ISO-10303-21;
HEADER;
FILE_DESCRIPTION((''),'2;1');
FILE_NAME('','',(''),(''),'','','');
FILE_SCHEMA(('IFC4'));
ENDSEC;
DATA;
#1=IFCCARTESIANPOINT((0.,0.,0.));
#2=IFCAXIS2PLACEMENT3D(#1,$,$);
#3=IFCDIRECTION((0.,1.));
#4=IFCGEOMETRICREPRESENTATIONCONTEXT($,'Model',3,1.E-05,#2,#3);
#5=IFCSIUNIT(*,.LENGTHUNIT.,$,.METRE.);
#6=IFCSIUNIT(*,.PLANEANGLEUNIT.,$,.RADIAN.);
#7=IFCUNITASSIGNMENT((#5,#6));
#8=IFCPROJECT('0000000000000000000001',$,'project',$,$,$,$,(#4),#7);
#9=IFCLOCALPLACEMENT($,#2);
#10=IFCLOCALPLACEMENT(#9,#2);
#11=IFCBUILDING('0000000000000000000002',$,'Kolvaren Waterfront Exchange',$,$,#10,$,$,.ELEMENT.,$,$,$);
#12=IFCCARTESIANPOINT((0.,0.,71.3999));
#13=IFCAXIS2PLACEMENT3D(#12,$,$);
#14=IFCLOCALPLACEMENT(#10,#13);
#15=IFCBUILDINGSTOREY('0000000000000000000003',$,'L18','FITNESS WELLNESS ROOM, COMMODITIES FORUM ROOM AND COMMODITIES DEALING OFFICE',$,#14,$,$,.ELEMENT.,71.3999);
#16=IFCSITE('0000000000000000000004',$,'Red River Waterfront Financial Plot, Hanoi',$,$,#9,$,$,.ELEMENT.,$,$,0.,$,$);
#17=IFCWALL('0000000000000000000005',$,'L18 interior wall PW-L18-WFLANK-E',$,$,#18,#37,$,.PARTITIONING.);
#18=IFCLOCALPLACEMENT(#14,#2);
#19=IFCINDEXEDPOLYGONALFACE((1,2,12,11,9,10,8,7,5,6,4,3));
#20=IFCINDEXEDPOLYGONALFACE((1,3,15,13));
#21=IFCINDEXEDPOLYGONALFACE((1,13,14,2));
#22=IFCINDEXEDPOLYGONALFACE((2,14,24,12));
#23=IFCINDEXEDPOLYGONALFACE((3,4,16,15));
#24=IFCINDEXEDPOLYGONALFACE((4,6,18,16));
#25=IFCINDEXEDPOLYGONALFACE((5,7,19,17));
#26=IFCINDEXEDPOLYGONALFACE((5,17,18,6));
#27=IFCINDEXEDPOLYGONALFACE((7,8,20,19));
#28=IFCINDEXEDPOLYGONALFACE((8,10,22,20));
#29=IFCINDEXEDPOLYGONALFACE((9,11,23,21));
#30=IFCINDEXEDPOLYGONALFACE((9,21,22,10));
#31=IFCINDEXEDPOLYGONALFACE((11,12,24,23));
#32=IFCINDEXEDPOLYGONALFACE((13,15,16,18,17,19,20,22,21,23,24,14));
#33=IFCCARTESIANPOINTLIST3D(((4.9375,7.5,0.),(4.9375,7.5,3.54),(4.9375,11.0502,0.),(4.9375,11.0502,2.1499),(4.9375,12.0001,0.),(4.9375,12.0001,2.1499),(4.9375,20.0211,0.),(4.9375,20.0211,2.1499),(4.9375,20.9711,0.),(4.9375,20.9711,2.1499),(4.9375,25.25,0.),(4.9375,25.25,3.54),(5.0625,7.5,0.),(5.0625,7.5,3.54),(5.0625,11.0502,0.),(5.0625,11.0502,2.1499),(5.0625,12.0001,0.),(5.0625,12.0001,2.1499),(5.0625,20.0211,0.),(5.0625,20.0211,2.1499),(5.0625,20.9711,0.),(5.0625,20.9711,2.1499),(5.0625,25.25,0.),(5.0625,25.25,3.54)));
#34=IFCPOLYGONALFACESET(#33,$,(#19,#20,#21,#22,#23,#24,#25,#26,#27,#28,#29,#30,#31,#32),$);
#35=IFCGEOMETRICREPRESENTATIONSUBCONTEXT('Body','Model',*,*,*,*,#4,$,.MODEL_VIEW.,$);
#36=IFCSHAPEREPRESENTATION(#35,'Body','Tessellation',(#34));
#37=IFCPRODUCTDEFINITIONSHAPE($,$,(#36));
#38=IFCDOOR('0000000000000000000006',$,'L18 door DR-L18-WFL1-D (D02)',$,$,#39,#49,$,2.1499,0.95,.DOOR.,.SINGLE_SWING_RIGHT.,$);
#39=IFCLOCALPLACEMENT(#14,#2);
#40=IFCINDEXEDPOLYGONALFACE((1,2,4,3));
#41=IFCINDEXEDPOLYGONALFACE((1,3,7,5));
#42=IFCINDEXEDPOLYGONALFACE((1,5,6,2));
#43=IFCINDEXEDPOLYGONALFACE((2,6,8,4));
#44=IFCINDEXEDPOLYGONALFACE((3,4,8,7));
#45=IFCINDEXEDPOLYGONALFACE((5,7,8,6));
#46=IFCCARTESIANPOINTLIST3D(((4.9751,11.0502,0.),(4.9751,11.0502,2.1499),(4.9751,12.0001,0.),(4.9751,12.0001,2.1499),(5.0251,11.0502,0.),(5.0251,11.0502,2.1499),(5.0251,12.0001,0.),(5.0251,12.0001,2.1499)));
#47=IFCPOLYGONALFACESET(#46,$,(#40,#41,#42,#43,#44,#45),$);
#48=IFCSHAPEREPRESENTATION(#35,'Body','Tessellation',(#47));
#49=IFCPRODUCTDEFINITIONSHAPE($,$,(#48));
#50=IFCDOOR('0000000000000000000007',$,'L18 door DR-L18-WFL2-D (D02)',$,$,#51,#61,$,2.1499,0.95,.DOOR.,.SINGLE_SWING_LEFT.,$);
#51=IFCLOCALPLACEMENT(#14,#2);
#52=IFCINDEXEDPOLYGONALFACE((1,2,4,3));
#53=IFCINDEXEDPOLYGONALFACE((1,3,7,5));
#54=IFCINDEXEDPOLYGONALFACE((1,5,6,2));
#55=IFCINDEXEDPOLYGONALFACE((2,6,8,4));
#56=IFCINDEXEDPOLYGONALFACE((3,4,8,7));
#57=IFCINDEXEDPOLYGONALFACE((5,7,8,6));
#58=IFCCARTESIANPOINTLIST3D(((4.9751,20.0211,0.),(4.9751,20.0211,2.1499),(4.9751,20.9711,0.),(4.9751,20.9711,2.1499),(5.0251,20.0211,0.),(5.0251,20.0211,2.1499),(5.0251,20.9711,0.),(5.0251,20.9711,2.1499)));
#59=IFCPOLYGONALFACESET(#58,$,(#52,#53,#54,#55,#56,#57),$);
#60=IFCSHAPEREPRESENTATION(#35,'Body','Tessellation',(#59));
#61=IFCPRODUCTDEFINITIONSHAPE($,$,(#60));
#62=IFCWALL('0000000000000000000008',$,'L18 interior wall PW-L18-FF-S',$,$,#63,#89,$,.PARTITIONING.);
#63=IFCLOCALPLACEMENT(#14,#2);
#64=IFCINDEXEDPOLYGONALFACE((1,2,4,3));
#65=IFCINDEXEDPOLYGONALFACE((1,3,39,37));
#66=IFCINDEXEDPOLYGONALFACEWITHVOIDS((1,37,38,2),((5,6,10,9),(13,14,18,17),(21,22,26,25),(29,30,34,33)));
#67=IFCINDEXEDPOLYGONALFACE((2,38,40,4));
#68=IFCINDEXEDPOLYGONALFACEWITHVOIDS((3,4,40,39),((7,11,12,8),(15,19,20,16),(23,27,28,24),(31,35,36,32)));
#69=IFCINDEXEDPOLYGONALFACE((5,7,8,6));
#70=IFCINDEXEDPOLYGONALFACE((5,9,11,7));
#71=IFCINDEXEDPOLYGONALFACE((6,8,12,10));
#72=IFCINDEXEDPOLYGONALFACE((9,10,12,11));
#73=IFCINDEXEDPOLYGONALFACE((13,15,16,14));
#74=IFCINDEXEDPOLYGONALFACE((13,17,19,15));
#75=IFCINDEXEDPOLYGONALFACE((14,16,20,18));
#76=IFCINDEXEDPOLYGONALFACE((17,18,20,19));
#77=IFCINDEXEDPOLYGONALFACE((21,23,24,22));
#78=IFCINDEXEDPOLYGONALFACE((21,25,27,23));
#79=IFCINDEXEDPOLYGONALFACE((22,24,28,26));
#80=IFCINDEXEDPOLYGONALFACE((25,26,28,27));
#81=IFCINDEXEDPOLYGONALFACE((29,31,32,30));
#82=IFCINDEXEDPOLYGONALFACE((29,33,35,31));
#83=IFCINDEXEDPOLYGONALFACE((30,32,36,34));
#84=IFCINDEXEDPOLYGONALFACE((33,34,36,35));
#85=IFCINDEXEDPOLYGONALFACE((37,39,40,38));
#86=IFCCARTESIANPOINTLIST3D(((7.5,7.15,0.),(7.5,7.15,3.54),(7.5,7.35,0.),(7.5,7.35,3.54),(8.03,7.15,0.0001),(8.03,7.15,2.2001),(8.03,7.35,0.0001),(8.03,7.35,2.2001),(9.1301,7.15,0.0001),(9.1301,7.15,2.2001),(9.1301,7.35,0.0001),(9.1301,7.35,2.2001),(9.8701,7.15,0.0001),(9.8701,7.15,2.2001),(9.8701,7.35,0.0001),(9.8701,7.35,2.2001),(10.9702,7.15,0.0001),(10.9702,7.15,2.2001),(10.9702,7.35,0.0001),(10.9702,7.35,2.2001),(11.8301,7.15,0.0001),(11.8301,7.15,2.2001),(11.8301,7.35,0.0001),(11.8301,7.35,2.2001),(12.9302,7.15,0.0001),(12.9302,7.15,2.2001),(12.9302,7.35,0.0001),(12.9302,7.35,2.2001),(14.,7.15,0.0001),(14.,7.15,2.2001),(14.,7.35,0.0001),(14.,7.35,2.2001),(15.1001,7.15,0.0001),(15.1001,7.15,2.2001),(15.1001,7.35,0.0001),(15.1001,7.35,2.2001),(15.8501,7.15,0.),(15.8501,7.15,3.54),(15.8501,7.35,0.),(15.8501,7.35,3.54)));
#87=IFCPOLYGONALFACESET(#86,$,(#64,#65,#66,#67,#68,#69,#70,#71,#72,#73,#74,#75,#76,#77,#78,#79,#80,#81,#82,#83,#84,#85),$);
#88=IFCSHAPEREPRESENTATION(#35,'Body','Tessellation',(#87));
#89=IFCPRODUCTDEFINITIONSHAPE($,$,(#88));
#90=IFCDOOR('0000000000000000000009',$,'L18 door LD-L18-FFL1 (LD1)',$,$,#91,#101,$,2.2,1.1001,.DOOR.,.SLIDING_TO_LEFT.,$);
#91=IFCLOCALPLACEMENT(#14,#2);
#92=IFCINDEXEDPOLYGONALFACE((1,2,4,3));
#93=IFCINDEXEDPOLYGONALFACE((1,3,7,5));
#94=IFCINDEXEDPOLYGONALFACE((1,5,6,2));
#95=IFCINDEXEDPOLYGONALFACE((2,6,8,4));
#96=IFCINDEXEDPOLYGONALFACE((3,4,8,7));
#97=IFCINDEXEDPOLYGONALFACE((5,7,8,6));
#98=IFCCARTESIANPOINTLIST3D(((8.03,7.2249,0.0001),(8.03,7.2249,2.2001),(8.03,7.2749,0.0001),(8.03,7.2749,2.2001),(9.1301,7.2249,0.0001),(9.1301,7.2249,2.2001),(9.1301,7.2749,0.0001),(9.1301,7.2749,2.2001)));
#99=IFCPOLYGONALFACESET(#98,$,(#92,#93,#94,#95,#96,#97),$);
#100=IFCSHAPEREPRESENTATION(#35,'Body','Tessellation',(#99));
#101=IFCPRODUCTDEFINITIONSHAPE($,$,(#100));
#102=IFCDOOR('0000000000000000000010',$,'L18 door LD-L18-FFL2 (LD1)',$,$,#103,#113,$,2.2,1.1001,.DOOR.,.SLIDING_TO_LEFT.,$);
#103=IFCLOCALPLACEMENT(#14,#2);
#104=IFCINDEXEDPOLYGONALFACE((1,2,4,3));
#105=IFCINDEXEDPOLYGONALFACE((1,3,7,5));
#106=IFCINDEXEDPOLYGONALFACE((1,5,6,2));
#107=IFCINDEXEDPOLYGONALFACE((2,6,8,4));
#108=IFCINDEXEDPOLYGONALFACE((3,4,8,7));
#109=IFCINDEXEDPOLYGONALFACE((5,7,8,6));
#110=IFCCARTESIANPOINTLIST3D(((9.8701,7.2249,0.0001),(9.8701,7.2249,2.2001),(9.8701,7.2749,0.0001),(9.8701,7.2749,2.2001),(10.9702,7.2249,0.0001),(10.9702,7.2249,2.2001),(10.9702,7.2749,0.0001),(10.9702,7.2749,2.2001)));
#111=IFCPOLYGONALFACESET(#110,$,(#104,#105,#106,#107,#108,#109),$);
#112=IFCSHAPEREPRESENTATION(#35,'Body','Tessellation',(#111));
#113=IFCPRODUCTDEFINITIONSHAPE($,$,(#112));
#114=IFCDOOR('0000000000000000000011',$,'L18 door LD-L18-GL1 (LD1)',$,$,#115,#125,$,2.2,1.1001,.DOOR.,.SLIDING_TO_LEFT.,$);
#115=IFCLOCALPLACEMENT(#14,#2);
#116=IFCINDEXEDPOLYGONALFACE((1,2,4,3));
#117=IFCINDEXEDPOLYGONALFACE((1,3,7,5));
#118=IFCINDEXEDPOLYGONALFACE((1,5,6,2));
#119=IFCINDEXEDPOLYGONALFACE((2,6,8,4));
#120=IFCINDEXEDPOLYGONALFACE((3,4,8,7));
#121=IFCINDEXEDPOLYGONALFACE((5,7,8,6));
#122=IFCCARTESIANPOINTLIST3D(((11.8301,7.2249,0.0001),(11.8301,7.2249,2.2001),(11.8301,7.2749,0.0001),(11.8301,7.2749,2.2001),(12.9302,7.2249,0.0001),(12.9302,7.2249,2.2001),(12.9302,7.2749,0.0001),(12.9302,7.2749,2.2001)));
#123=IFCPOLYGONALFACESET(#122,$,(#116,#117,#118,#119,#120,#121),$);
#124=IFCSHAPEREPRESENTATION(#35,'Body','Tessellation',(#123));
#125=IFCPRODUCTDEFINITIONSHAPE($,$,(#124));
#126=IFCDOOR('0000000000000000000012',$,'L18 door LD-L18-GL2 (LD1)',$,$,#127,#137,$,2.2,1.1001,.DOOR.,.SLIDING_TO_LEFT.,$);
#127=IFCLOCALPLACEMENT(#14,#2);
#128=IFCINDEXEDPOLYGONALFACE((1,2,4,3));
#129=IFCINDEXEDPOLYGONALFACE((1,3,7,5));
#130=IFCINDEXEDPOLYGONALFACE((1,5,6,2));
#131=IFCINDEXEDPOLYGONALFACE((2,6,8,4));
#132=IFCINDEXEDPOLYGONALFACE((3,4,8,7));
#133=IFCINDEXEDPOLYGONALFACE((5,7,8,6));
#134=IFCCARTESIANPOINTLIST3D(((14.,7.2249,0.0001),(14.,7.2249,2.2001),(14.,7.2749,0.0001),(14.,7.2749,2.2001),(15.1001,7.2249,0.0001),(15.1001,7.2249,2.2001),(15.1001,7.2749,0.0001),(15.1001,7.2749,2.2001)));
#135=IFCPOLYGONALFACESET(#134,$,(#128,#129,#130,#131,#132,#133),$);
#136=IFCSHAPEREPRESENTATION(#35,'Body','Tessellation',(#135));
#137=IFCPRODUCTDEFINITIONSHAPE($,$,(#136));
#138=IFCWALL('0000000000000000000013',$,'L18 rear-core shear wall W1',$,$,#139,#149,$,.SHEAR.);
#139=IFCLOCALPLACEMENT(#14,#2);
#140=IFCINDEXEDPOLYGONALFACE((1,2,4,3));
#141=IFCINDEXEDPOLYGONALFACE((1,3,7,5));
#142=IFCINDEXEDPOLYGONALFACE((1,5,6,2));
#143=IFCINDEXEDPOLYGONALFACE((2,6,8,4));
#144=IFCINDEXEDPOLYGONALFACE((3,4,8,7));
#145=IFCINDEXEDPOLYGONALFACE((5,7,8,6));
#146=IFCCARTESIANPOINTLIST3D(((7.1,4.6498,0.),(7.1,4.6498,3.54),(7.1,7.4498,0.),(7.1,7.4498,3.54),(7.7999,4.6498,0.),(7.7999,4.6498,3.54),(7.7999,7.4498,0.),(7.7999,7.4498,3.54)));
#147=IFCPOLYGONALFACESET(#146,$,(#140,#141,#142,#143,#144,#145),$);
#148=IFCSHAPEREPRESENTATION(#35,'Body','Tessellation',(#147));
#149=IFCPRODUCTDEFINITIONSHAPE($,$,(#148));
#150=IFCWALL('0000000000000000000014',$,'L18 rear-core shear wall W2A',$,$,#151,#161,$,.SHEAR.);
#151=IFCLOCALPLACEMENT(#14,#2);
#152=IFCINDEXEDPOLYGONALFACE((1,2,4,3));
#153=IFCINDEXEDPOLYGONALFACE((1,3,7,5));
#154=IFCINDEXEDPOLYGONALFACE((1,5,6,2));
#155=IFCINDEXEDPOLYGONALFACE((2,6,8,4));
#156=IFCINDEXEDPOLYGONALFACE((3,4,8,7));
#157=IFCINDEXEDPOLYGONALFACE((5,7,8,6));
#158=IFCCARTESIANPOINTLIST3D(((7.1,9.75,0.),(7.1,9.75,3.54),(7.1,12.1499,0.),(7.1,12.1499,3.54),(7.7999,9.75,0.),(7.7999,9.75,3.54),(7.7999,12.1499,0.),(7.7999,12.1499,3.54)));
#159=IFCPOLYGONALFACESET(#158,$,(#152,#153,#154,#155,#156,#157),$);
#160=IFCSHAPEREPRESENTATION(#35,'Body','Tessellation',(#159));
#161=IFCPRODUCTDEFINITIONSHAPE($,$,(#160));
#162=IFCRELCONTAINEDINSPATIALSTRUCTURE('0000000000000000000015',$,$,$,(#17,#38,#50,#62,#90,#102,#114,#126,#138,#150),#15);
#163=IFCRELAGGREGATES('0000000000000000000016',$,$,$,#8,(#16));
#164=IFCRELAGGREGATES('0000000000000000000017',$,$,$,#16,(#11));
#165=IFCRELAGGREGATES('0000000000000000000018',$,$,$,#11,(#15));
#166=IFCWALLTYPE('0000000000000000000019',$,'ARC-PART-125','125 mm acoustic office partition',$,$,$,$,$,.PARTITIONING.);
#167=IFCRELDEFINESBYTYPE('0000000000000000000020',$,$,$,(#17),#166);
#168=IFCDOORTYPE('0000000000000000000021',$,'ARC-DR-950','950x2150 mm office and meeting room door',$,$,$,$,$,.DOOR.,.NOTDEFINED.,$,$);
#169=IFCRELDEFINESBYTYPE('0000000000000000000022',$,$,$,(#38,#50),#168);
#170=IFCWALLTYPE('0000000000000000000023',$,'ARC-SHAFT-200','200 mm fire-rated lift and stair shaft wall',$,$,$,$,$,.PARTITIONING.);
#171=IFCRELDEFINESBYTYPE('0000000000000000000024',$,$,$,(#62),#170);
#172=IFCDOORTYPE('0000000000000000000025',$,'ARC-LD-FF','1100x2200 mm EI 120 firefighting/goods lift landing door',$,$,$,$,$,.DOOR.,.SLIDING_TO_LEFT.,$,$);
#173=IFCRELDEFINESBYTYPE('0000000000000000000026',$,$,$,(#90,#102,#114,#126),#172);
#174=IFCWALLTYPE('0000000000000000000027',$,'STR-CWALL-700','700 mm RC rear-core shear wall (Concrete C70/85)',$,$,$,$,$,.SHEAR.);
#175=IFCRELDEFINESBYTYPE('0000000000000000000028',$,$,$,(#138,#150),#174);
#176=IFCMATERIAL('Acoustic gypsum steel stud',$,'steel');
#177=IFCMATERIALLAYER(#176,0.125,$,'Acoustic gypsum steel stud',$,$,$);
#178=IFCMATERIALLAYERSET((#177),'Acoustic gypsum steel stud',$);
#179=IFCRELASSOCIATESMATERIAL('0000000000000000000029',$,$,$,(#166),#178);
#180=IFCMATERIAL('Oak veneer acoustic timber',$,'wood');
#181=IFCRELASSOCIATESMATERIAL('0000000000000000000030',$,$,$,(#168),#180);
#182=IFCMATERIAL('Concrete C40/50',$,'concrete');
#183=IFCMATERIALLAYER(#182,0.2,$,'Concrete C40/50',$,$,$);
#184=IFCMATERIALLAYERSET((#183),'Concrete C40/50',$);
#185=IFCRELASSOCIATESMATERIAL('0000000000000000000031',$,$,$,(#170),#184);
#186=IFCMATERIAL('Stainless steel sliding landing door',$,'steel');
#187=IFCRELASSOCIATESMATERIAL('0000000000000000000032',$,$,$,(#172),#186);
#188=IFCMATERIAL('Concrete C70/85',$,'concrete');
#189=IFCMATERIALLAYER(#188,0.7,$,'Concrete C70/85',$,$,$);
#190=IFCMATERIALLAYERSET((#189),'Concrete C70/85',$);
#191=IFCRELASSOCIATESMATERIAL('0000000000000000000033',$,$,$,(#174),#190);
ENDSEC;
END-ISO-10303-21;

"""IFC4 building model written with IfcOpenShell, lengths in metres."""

from ifc_helpers import new_model, si_unit, direction, frame, frame_2d, origin, place, context, subcontext, project, spatial, rectangle, extrude, material, layer, layer_set, type_object, element, fill, save


model = new_model("IFC4")

# Units and contexts
model_context = context("Model", 3, precision=1e-05, world=origin(), true_north=direction((0.0, 1.0)))
body_context = subcontext(model_context, "Body", "Model", "MODEL_VIEW")
ifc_project = project(units=[si_unit("LENGTHUNIT", "METRE"), si_unit("PLANEANGLEUNIT", "RADIAN")], contexts=[model_context])

# Site, building, storey
site_placement = place(None, origin())
site = spatial("IfcSite", under=ifc_project, at=site_placement, Name="Red River Waterfront Financial Plot, Hanoi", CompositionType="ELEMENT", RefElevation=0.0)
building_placement = place(site_placement, origin())
building = spatial("IfcBuilding", under=site, at=building_placement, Name="Kolvaren Waterfront Exchange", CompositionType="ELEMENT")
storey_placement = place(building_placement, frame((0.0, 0.0, 71.3999)))
storey = spatial("IfcBuildingStorey", under=building, at=storey_placement, Name="L18", Description="FITNESS WELLNESS ROOM, COMMODITIES FORUM ROOM AND COMMODITIES DEALING OFFICE", CompositionType="ELEMENT", Elevation=71.3999)

# Shared definitions
ifc_material_1 = material(Name="Concrete C70/85", Category="concrete")

# Shared definitions
ifc_material_2 = material(Name="Acoustic gypsum steel stud", Category="steel")
ifc_layer_1 = layer(ifc_material_2, 0.125, Name="Acoustic gypsum steel stud")
ifc_layer_set_1 = layer_set([ifc_layer_1], Name="Acoustic gypsum steel stud")
wall_type_1 = type_object("IfcWallType", Name="ARC-PART-125", Description="125 mm acoustic office partition", PredefinedType="PARTITIONING", material=ifc_layer_set_1)

# Walls, openings, doors
wall_1_placement = place(storey_placement, frame((5.0, 7.5, 0.0), z_axis=(0.0, 0.0, 1.0), x_axis=(0.0, 1.0, 0.0)))
wall_1 = element("IfcWall", 1, at=wall_1_placement, inside=storey, type_object=wall_type_1, Name="L18 interior wall PW-L18-WFLANK-E", PredefinedType="PARTITIONING", context=body_context, shape_type="SweptSolid", body=[
    extrude(rectangle(XDim=17.75, YDim=0.125, at=frame_2d((8.875, 0.0))), origin(), (0.0, 0.0, 1.0), 3.54),
])
opening_1_placement = place(wall_1_placement, frame((3.55, 0.0, 0.0)))
opening_1 = element("IfcOpeningElement", 2, at=opening_1_placement, cuts=wall_1, PredefinedType="OPENING", context=body_context, shape_type="SweptSolid", body=[
    extrude(rectangle(XDim=0.95, YDim=2.1499, at=frame_2d((0.4751, 1.075))), frame((0.0, 0.0725, 0.0), z_axis=(0.0, -1.0, 0.0), x_axis=(1.0, 0.0, 0.0)), (0.0, 0.0, 1.0), 0.145),
])
opening_2_placement = place(wall_1_placement, frame((12.521, 0.0, 0.0)))
opening_2 = element("IfcOpeningElement", 3, at=opening_2_placement, cuts=wall_1, PredefinedType="OPENING", context=body_context, shape_type="SweptSolid", body=[
    extrude(rectangle(XDim=0.95, YDim=2.1499, at=frame_2d((0.4751, 1.075))), frame((0.0, 0.0725, 0.0), z_axis=(0.0, -1.0, 0.0), x_axis=(1.0, 0.0, 0.0)), (0.0, 0.0, 1.0), 0.145),
])
ifc_material_3 = material(Name="Oak veneer acoustic timber", Category="wood")
door_type_1 = type_object("IfcDoorType", Name="ARC-DR-950", Description="950x2150 mm office and meeting room door", OperationType="NOTDEFINED", PredefinedType="DOOR", material=ifc_material_3)
door_1_placement = place(opening_1_placement, origin())
door_1 = element("IfcDoor", 4, at=door_1_placement, inside=storey, type_object=door_type_1, Name="L18 door DR-L18-WFL1-D (D02)", OperationType="SINGLE_SWING_RIGHT", OverallHeight=2.1499, OverallWidth=0.95, PredefinedType="DOOR", context=body_context, shape_type="SweptSolid", body=[
    extrude(rectangle(XDim=0.95, YDim=2.1499, at=frame_2d((0.4751, 1.075))), frame((0.0, 0.0249, 0.0), z_axis=(0.0, -1.0, 0.0), x_axis=(1.0, 0.0, 0.0)), (0.0, 0.0, 1.0), 0.05),
])
fill(opening_1, door_1)
door_2_placement = place(opening_2_placement, origin())
door_2 = element("IfcDoor", 5, at=door_2_placement, inside=storey, type_object=door_type_1, Name="L18 door DR-L18-WFL2-D (D02)", OperationType="SINGLE_SWING_LEFT", OverallHeight=2.1499, OverallWidth=0.95, PredefinedType="DOOR", context=body_context, shape_type="SweptSolid", body=[
    extrude(rectangle(XDim=0.95, YDim=2.1499, at=frame_2d((0.4751, 1.075))), frame((0.0, 0.0249, 0.0), z_axis=(0.0, -1.0, 0.0), x_axis=(1.0, 0.0, 0.0)), (0.0, 0.0, 1.0), 0.05),
])
fill(opening_2, door_2)
ifc_material_4 = material(Name="Concrete C40/50", Category="concrete")
ifc_layer_2 = layer(ifc_material_4, 0.2, Name="Concrete C40/50")
ifc_layer_set_2 = layer_set([ifc_layer_2], Name="Concrete C40/50")
wall_type_2 = type_object("IfcWallType", Name="ARC-SHAFT-200", Description="200 mm fire-rated lift and stair shaft wall", PredefinedType="PARTITIONING", material=ifc_layer_set_2)
wall_2_placement = place(storey_placement, frame((7.5, 7.25, 0.0), z_axis=(0.0, 0.0, 1.0), x_axis=(1.0, 0.0, 0.0)))
wall_2 = element("IfcWall", 6, at=wall_2_placement, inside=storey, type_object=wall_type_2, Name="L18 interior wall PW-L18-FF-S", PredefinedType="PARTITIONING", context=body_context, shape_type="SweptSolid", body=[
    extrude(rectangle(XDim=8.3501, YDim=0.2, at=frame_2d((4.175, 0.0))), origin(), (0.0, 0.0, 1.0), 3.54),
])
opening_3_placement = place(wall_2_placement, frame((0.53, 0.0, 0.0)))
opening_3 = element("IfcOpeningElement", 7, at=opening_3_placement, cuts=wall_2, PredefinedType="OPENING", context=body_context, shape_type="SweptSolid", body=[
    extrude(rectangle(XDim=1.1001, YDim=2.2, at=frame_2d((0.55, 1.1001))), frame((0.0, 0.1099, 0.0), z_axis=(0.0, -1.0, 0.0), x_axis=(1.0, 0.0, 0.0)), (0.0, 0.0, 1.0), 0.22),
])
opening_4_placement = place(wall_2_placement, frame((2.3701, 0.0, 0.0)))
opening_4 = element("IfcOpeningElement", 8, at=opening_4_placement, cuts=wall_2, PredefinedType="OPENING", context=body_context, shape_type="SweptSolid", body=[
    extrude(rectangle(XDim=1.1001, YDim=2.2, at=frame_2d((0.55, 1.1001))), frame((0.0, 0.1099, 0.0), z_axis=(0.0, -1.0, 0.0), x_axis=(1.0, 0.0, 0.0)), (0.0, 0.0, 1.0), 0.22),
])
opening_5_placement = place(wall_2_placement, frame((4.3301, 0.0, 0.0)))
opening_5 = element("IfcOpeningElement", 9, at=opening_5_placement, cuts=wall_2, PredefinedType="OPENING", context=body_context, shape_type="SweptSolid", body=[
    extrude(rectangle(XDim=1.1001, YDim=2.2, at=frame_2d((0.55, 1.1001))), frame((0.0, 0.1099, 0.0), z_axis=(0.0, -1.0, 0.0), x_axis=(1.0, 0.0, 0.0)), (0.0, 0.0, 1.0), 0.22),
])
opening_6_placement = place(wall_2_placement, frame((6.5, 0.0, 0.0)))
opening_6 = element("IfcOpeningElement", 10, at=opening_6_placement, cuts=wall_2, PredefinedType="OPENING", context=body_context, shape_type="SweptSolid", body=[
    extrude(rectangle(XDim=1.1001, YDim=2.2, at=frame_2d((0.55, 1.1001))), frame((0.0, 0.1099, 0.0), z_axis=(0.0, -1.0, 0.0), x_axis=(1.0, 0.0, 0.0)), (0.0, 0.0, 1.0), 0.22),
])
ifc_material_5 = material(Name="Stainless steel sliding landing door", Category="steel")
door_type_2 = type_object("IfcDoorType", Name="ARC-LD-FF", Description="1100x2200 mm EI 120 firefighting/goods lift landing door", OperationType="SLIDING_TO_LEFT", PredefinedType="DOOR", material=ifc_material_5)
door_3_placement = place(opening_3_placement, origin())
door_3 = element("IfcDoor", 11, at=door_3_placement, inside=storey, type_object=door_type_2, Name="L18 door LD-L18-FFL1 (LD1)", OperationType="SLIDING_TO_LEFT", OverallHeight=2.2, OverallWidth=1.1001, PredefinedType="DOOR", context=body_context, shape_type="SweptSolid", body=[
    extrude(rectangle(XDim=1.1001, YDim=2.2, at=frame_2d((0.55, 1.1001))), frame((0.0, 0.0249, 0.0), z_axis=(0.0, -1.0, 0.0), x_axis=(1.0, 0.0, 0.0)), (0.0, 0.0, 1.0), 0.05),
])
fill(opening_3, door_3)
door_4_placement = place(opening_4_placement, origin())
door_4 = element("IfcDoor", 12, at=door_4_placement, inside=storey, type_object=door_type_2, Name="L18 door LD-L18-FFL2 (LD1)", OperationType="SLIDING_TO_LEFT", OverallHeight=2.2, OverallWidth=1.1001, PredefinedType="DOOR", context=body_context, shape_type="SweptSolid", body=[
    extrude(rectangle(XDim=1.1001, YDim=2.2, at=frame_2d((0.55, 1.1001))), frame((0.0, 0.0249, 0.0), z_axis=(0.0, -1.0, 0.0), x_axis=(1.0, 0.0, 0.0)), (0.0, 0.0, 1.0), 0.05),
])
fill(opening_4, door_4)
door_5_placement = place(opening_5_placement, origin())
door_5 = element("IfcDoor", 13, at=door_5_placement, inside=storey, type_object=door_type_2, Name="L18 door LD-L18-GL1 (LD1)", OperationType="SLIDING_TO_LEFT", OverallHeight=2.2, OverallWidth=1.1001, PredefinedType="DOOR", context=body_context, shape_type="SweptSolid", body=[
    extrude(rectangle(XDim=1.1001, YDim=2.2, at=frame_2d((0.55, 1.1001))), frame((0.0, 0.0249, 0.0), z_axis=(0.0, -1.0, 0.0), x_axis=(1.0, 0.0, 0.0)), (0.0, 0.0, 1.0), 0.05),
])
fill(opening_5, door_5)
door_6_placement = place(opening_6_placement, origin())
door_6 = element("IfcDoor", 14, at=door_6_placement, inside=storey, type_object=door_type_2, Name="L18 door LD-L18-GL2 (LD1)", OperationType="SLIDING_TO_LEFT", OverallHeight=2.2, OverallWidth=1.1001, PredefinedType="DOOR", context=body_context, shape_type="SweptSolid", body=[
    extrude(rectangle(XDim=1.1001, YDim=2.2, at=frame_2d((0.55, 1.1001))), frame((0.0, 0.0249, 0.0), z_axis=(0.0, -1.0, 0.0), x_axis=(1.0, 0.0, 0.0)), (0.0, 0.0, 1.0), 0.05),
])
fill(opening_6, door_6)

# Walls
ifc_layer_3 = layer(ifc_material_1, 0.7, Name="Concrete C70/85")
ifc_layer_set_3 = layer_set([ifc_layer_3], Name="Concrete C70/85")
wall_type_3 = type_object("IfcWallType", Name="STR-CWALL-700", Description="700 mm RC rear-core shear wall (Concrete C70/85)", PredefinedType="SHEAR", material=ifc_layer_set_3)
wall_3_placement = place(storey_placement, frame((7.45, 4.6499, 0.0), z_axis=(0.0, 0.0, 1.0), x_axis=(0.0, 1.0, 0.0)))
element("IfcWall", 15, at=wall_3_placement, inside=storey, type_object=wall_type_3, Name="L18 rear-core shear wall W1", PredefinedType="SHEAR", context=body_context, shape_type="SweptSolid", body=[
    extrude(rectangle(XDim=2.8, YDim=0.7, at=frame_2d((1.3999, 0.0))), origin(), (0.0, 0.0, 1.0), 3.54),
])
wall_4_placement = place(storey_placement, frame((7.45, 9.75, 0.0), z_axis=(0.0, 0.0, 1.0), x_axis=(0.0, 1.0, 0.0)))
element("IfcWall", 16, at=wall_4_placement, inside=storey, type_object=wall_type_3, Name="L18 rear-core shear wall W2A", PredefinedType="SHEAR", context=body_context, shape_type="SweptSolid", body=[
    extrude(rectangle(XDim=2.3999, YDim=0.7, at=frame_2d((1.2, 0.0))), origin(), (0.0, 0.0, 1.0), 3.54),
])

save(model, "model.ifc")
